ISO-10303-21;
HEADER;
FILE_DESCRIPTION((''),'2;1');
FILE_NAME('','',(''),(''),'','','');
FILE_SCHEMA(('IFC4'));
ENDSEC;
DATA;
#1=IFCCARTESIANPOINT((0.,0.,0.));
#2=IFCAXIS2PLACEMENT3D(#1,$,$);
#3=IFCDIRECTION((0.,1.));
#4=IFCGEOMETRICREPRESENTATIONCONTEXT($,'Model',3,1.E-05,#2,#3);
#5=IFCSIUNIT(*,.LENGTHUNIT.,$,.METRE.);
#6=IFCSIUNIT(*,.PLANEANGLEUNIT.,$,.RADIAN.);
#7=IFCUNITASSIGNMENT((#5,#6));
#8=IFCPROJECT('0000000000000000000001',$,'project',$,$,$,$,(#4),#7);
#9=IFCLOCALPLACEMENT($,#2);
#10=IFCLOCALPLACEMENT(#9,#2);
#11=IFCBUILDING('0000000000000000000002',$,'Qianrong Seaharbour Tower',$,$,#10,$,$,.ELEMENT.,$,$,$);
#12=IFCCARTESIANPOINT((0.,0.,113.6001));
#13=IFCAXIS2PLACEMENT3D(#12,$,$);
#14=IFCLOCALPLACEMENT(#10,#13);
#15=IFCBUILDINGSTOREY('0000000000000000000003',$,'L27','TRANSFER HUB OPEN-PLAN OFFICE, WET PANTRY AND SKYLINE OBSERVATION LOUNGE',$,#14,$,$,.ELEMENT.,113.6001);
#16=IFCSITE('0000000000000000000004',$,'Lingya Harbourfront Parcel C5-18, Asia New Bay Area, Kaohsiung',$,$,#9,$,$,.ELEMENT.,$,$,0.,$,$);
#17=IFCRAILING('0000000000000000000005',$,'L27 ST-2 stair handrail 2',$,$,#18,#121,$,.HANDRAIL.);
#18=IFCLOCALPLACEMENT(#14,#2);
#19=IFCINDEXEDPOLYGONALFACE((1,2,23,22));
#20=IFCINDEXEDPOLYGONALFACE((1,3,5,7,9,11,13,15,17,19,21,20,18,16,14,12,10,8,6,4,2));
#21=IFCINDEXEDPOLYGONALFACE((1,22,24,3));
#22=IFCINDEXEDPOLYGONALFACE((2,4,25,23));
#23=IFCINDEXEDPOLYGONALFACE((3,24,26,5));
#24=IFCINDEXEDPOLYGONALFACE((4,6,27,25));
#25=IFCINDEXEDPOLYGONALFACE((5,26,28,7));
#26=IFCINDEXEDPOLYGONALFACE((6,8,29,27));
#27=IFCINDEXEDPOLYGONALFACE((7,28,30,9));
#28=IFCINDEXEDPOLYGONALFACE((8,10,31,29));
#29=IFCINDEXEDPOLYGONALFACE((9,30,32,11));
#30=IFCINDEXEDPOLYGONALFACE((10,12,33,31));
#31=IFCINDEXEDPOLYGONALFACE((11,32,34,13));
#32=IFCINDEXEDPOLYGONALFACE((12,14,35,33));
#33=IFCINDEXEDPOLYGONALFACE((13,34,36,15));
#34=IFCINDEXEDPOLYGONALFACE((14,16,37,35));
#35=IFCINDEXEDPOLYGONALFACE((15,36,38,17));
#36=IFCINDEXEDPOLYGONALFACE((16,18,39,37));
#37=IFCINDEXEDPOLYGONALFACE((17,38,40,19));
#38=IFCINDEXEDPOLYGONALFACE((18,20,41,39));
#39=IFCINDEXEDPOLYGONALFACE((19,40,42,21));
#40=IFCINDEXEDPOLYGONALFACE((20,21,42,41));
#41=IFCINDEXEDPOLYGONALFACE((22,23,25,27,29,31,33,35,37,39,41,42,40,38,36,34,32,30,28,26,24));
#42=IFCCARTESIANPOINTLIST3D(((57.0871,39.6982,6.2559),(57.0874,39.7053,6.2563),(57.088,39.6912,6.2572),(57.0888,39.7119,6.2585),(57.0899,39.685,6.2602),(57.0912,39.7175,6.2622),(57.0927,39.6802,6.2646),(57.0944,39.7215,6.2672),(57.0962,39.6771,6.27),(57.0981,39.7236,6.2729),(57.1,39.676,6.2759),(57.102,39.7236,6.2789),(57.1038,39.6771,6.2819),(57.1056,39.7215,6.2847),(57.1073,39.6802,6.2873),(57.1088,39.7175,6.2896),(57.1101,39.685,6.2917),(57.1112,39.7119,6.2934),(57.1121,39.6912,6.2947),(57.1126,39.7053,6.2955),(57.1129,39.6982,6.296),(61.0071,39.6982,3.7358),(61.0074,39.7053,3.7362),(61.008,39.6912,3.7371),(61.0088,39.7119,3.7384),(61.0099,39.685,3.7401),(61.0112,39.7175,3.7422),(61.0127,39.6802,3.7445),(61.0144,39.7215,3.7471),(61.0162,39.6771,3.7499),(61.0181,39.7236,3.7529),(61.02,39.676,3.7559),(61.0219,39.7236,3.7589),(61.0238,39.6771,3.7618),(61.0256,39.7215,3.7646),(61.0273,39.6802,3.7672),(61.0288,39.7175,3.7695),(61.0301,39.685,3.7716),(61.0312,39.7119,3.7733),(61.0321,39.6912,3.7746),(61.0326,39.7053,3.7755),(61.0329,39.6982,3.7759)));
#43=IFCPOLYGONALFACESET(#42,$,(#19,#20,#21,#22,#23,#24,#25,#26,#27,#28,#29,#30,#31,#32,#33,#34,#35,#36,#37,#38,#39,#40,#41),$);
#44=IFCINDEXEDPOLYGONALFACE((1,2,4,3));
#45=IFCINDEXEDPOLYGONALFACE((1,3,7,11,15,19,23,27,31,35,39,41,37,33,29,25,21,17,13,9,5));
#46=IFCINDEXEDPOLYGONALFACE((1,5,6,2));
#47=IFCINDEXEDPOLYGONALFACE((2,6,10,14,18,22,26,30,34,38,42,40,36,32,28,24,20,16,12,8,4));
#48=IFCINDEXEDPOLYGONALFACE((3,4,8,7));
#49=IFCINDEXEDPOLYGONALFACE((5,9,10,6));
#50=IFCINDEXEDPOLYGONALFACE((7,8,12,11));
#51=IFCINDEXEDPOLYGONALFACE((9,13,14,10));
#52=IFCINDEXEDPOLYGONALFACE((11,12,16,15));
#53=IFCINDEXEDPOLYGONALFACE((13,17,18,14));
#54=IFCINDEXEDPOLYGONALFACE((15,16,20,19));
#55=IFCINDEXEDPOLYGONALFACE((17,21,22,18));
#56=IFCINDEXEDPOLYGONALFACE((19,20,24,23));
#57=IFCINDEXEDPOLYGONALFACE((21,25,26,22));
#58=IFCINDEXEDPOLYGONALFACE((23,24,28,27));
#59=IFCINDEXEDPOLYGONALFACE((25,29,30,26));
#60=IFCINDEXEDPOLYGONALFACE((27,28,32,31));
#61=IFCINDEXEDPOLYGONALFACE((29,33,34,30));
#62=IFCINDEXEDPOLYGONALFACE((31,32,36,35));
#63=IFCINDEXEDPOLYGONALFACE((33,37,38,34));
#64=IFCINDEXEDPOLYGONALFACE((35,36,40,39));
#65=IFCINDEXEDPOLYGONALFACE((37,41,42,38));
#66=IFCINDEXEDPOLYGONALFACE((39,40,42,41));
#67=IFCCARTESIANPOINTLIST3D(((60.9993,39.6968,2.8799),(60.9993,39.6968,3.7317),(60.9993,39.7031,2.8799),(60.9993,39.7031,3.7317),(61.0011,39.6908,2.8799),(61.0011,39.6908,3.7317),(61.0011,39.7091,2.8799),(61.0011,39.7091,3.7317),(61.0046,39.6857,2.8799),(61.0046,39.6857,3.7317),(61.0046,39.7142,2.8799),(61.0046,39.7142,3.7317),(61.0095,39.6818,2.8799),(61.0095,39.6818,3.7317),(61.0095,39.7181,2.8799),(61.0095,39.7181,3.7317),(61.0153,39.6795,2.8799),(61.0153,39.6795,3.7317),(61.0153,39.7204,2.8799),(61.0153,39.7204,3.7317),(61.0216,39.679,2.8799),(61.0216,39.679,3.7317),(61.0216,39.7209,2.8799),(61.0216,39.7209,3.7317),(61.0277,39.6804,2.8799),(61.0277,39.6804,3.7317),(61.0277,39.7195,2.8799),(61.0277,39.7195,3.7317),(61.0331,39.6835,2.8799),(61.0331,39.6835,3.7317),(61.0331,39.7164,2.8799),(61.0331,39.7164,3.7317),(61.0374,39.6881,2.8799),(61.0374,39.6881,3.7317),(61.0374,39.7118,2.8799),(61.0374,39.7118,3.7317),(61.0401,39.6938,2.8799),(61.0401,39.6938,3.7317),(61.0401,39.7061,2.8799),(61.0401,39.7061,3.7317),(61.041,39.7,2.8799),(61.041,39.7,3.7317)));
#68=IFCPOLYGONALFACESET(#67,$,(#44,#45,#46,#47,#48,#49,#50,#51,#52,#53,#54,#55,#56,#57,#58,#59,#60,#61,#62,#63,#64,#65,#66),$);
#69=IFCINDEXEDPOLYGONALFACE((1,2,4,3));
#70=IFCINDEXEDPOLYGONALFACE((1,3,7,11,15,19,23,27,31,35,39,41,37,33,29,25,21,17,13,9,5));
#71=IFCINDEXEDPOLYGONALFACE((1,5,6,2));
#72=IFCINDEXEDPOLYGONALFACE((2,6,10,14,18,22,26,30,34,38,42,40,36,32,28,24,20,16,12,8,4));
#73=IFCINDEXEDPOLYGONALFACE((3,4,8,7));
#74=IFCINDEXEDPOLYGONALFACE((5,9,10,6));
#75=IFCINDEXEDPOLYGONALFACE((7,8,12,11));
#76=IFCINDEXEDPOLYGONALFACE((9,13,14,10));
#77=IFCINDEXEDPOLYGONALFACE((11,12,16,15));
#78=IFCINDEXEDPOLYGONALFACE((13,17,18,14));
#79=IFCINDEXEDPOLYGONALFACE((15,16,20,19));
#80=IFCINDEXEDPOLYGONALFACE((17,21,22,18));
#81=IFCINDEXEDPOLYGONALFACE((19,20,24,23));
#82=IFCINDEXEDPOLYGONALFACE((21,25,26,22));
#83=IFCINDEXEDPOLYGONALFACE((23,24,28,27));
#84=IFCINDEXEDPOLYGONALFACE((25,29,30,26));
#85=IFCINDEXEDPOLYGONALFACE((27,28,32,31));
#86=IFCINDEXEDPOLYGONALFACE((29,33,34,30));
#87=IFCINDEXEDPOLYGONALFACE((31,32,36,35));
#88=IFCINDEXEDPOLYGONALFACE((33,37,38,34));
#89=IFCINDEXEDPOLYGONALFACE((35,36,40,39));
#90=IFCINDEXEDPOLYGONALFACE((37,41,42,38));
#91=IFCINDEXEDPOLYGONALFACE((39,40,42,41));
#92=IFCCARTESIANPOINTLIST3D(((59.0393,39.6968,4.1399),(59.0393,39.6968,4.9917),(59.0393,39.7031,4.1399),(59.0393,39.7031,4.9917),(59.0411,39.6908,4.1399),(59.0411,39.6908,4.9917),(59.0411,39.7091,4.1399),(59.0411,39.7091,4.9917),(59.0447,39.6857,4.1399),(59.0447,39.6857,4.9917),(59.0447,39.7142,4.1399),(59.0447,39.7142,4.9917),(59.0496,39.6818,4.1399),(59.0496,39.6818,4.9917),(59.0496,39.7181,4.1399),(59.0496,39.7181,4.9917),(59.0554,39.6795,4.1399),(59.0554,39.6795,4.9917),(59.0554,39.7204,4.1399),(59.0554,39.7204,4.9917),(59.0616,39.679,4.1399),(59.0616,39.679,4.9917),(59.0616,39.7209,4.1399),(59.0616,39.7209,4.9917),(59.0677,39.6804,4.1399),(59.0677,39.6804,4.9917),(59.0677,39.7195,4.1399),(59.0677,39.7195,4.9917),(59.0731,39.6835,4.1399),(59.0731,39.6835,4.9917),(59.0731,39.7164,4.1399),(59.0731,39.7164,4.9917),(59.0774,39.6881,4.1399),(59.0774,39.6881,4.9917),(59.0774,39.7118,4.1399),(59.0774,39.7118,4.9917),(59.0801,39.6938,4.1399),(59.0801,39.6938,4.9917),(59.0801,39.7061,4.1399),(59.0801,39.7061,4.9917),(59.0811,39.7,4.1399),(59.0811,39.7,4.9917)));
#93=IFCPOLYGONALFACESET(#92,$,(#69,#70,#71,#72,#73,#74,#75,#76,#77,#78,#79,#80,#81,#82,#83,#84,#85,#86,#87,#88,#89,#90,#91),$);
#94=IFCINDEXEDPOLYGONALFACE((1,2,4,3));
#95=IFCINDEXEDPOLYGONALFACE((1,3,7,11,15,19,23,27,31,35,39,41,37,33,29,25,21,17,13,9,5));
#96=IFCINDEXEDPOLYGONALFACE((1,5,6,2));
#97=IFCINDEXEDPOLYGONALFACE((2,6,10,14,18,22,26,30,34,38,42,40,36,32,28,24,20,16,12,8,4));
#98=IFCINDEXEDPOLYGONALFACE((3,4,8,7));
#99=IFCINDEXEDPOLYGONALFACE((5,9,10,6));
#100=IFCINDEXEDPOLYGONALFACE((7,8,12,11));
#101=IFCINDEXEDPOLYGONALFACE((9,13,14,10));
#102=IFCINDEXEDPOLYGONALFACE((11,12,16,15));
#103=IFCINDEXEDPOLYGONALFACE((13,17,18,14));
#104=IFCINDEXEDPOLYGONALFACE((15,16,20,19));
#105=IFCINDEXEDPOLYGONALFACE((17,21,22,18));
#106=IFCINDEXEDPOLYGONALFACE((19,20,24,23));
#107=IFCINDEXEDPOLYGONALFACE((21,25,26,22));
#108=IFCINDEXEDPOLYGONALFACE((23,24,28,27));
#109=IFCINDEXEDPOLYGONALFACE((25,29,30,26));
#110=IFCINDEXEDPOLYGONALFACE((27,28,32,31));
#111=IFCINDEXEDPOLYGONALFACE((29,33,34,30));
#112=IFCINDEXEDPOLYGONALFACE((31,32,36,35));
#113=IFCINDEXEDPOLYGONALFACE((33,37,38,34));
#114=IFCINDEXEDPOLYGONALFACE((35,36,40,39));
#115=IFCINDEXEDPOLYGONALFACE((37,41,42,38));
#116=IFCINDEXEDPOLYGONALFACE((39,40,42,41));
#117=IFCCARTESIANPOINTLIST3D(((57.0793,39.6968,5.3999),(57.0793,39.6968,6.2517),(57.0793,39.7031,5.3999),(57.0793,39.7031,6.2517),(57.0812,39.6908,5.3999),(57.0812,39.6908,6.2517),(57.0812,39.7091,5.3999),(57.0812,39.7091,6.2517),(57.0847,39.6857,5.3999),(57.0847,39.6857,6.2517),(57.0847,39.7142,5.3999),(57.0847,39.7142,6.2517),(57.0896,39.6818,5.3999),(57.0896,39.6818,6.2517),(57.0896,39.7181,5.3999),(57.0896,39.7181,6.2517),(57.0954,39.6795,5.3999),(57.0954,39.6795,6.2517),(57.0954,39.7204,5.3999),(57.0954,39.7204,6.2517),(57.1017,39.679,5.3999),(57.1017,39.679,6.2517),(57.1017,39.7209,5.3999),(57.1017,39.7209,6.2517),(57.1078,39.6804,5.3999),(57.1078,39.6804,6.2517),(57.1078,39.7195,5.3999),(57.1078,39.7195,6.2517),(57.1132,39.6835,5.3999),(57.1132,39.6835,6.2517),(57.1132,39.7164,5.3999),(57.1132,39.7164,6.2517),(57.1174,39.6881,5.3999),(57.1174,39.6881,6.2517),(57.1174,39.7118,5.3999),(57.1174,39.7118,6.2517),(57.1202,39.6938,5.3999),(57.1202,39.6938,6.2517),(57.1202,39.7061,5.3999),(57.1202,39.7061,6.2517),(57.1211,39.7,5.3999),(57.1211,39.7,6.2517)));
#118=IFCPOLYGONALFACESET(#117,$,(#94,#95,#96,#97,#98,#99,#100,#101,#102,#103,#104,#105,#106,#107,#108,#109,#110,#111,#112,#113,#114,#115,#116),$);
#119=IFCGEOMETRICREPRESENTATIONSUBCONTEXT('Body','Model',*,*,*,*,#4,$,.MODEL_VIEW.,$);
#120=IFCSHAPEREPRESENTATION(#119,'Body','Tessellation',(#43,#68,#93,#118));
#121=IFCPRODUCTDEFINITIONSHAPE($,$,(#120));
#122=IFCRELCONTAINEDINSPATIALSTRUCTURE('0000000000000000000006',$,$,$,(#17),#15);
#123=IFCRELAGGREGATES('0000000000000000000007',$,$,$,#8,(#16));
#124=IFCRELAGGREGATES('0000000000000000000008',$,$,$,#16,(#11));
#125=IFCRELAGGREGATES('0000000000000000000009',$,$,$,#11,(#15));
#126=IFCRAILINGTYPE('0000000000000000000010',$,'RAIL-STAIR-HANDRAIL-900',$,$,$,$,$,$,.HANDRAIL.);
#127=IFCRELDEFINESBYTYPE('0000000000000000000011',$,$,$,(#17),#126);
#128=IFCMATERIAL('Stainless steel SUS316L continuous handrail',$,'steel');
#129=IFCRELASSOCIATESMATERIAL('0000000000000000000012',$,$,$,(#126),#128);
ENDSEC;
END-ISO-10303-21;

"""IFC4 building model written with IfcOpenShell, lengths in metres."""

from ifc_helpers import new_model, si_unit, direction, frame, origin, origin_2d, place, context, subcontext, project, spatial, circle, extrude, material, type_object, element, save


model = new_model("IFC4")

# Units and contexts
model_context = context("Model", 3, precision=1e-05, world=origin(), true_north=direction((0.0, 1.0)))
body_context = subcontext(model_context, "Body", "Model", "MODEL_VIEW")
ifc_project = project(units=[si_unit("LENGTHUNIT", "METRE"), si_unit("PLANEANGLEUNIT", "RADIAN")], contexts=[model_context])

# Site, building, storey
site_placement = place(None, origin())
site = spatial("IfcSite", under=ifc_project, at=site_placement, Name="Lingya Harbourfront Parcel C5-18, Asia New Bay Area, Kaohsiung", CompositionType="ELEMENT", RefElevation=0.0)
building_placement = place(site_placement, origin())
building = spatial("IfcBuilding", under=site, at=building_placement, Name="Qianrong Seaharbour Tower", CompositionType="ELEMENT")
storey_placement = place(building_placement, frame((0.0, 0.0, 113.6001)))
storey = spatial("IfcBuildingStorey", under=building, at=storey_placement, Name="L27", Description="TRANSFER HUB OPEN-PLAN OFFICE, WET PANTRY AND SKYLINE OBSERVATION LOUNGE", CompositionType="ELEMENT", Elevation=113.6001)

# Railing
ifc_material_1 = material(Name="Stainless steel SUS316L continuous handrail", Category="steel")
railing_type_1 = type_object("IfcRailingType", Name="RAIL-STAIR-HANDRAIL-900", PredefinedType="HANDRAIL", material=ifc_material_1)
railing_1_placement = place(storey_placement, frame((61.02, 39.7, 2.8799)))
element("IfcRailing", 1, at=railing_1_placement, inside=storey, type_object=railing_type_1, Name="L27 ST-2 stair handrail 2", PredefinedType="HANDRAIL", context=body_context, shape_type="SweptSolid", body=[
    extrude(circle(Radius=0.0239, at=origin_2d()), frame((0.0, 0.0, 0.876), z_axis=(-0.841172, 0.0, 0.540768), x_axis=(0.0, -1.0, 0.0)), (0.0, 0.0, 1.0), 4.6602),
    extrude(circle(Radius=0.021, at=origin_2d()), origin(), (0.0, 0.0, 1.0), 0.8518),
    extrude(circle(Radius=0.021, at=origin_2d()), frame((-1.96, 0.0, 1.26)), (0.0, 0.0, 1.0), 0.8518),
    extrude(circle(Radius=0.021, at=origin_2d()), frame((-3.9199, 0.0, 2.52)), (0.0, 0.0, 1.0), 0.8518),
])

save(model, "model.ifc")
